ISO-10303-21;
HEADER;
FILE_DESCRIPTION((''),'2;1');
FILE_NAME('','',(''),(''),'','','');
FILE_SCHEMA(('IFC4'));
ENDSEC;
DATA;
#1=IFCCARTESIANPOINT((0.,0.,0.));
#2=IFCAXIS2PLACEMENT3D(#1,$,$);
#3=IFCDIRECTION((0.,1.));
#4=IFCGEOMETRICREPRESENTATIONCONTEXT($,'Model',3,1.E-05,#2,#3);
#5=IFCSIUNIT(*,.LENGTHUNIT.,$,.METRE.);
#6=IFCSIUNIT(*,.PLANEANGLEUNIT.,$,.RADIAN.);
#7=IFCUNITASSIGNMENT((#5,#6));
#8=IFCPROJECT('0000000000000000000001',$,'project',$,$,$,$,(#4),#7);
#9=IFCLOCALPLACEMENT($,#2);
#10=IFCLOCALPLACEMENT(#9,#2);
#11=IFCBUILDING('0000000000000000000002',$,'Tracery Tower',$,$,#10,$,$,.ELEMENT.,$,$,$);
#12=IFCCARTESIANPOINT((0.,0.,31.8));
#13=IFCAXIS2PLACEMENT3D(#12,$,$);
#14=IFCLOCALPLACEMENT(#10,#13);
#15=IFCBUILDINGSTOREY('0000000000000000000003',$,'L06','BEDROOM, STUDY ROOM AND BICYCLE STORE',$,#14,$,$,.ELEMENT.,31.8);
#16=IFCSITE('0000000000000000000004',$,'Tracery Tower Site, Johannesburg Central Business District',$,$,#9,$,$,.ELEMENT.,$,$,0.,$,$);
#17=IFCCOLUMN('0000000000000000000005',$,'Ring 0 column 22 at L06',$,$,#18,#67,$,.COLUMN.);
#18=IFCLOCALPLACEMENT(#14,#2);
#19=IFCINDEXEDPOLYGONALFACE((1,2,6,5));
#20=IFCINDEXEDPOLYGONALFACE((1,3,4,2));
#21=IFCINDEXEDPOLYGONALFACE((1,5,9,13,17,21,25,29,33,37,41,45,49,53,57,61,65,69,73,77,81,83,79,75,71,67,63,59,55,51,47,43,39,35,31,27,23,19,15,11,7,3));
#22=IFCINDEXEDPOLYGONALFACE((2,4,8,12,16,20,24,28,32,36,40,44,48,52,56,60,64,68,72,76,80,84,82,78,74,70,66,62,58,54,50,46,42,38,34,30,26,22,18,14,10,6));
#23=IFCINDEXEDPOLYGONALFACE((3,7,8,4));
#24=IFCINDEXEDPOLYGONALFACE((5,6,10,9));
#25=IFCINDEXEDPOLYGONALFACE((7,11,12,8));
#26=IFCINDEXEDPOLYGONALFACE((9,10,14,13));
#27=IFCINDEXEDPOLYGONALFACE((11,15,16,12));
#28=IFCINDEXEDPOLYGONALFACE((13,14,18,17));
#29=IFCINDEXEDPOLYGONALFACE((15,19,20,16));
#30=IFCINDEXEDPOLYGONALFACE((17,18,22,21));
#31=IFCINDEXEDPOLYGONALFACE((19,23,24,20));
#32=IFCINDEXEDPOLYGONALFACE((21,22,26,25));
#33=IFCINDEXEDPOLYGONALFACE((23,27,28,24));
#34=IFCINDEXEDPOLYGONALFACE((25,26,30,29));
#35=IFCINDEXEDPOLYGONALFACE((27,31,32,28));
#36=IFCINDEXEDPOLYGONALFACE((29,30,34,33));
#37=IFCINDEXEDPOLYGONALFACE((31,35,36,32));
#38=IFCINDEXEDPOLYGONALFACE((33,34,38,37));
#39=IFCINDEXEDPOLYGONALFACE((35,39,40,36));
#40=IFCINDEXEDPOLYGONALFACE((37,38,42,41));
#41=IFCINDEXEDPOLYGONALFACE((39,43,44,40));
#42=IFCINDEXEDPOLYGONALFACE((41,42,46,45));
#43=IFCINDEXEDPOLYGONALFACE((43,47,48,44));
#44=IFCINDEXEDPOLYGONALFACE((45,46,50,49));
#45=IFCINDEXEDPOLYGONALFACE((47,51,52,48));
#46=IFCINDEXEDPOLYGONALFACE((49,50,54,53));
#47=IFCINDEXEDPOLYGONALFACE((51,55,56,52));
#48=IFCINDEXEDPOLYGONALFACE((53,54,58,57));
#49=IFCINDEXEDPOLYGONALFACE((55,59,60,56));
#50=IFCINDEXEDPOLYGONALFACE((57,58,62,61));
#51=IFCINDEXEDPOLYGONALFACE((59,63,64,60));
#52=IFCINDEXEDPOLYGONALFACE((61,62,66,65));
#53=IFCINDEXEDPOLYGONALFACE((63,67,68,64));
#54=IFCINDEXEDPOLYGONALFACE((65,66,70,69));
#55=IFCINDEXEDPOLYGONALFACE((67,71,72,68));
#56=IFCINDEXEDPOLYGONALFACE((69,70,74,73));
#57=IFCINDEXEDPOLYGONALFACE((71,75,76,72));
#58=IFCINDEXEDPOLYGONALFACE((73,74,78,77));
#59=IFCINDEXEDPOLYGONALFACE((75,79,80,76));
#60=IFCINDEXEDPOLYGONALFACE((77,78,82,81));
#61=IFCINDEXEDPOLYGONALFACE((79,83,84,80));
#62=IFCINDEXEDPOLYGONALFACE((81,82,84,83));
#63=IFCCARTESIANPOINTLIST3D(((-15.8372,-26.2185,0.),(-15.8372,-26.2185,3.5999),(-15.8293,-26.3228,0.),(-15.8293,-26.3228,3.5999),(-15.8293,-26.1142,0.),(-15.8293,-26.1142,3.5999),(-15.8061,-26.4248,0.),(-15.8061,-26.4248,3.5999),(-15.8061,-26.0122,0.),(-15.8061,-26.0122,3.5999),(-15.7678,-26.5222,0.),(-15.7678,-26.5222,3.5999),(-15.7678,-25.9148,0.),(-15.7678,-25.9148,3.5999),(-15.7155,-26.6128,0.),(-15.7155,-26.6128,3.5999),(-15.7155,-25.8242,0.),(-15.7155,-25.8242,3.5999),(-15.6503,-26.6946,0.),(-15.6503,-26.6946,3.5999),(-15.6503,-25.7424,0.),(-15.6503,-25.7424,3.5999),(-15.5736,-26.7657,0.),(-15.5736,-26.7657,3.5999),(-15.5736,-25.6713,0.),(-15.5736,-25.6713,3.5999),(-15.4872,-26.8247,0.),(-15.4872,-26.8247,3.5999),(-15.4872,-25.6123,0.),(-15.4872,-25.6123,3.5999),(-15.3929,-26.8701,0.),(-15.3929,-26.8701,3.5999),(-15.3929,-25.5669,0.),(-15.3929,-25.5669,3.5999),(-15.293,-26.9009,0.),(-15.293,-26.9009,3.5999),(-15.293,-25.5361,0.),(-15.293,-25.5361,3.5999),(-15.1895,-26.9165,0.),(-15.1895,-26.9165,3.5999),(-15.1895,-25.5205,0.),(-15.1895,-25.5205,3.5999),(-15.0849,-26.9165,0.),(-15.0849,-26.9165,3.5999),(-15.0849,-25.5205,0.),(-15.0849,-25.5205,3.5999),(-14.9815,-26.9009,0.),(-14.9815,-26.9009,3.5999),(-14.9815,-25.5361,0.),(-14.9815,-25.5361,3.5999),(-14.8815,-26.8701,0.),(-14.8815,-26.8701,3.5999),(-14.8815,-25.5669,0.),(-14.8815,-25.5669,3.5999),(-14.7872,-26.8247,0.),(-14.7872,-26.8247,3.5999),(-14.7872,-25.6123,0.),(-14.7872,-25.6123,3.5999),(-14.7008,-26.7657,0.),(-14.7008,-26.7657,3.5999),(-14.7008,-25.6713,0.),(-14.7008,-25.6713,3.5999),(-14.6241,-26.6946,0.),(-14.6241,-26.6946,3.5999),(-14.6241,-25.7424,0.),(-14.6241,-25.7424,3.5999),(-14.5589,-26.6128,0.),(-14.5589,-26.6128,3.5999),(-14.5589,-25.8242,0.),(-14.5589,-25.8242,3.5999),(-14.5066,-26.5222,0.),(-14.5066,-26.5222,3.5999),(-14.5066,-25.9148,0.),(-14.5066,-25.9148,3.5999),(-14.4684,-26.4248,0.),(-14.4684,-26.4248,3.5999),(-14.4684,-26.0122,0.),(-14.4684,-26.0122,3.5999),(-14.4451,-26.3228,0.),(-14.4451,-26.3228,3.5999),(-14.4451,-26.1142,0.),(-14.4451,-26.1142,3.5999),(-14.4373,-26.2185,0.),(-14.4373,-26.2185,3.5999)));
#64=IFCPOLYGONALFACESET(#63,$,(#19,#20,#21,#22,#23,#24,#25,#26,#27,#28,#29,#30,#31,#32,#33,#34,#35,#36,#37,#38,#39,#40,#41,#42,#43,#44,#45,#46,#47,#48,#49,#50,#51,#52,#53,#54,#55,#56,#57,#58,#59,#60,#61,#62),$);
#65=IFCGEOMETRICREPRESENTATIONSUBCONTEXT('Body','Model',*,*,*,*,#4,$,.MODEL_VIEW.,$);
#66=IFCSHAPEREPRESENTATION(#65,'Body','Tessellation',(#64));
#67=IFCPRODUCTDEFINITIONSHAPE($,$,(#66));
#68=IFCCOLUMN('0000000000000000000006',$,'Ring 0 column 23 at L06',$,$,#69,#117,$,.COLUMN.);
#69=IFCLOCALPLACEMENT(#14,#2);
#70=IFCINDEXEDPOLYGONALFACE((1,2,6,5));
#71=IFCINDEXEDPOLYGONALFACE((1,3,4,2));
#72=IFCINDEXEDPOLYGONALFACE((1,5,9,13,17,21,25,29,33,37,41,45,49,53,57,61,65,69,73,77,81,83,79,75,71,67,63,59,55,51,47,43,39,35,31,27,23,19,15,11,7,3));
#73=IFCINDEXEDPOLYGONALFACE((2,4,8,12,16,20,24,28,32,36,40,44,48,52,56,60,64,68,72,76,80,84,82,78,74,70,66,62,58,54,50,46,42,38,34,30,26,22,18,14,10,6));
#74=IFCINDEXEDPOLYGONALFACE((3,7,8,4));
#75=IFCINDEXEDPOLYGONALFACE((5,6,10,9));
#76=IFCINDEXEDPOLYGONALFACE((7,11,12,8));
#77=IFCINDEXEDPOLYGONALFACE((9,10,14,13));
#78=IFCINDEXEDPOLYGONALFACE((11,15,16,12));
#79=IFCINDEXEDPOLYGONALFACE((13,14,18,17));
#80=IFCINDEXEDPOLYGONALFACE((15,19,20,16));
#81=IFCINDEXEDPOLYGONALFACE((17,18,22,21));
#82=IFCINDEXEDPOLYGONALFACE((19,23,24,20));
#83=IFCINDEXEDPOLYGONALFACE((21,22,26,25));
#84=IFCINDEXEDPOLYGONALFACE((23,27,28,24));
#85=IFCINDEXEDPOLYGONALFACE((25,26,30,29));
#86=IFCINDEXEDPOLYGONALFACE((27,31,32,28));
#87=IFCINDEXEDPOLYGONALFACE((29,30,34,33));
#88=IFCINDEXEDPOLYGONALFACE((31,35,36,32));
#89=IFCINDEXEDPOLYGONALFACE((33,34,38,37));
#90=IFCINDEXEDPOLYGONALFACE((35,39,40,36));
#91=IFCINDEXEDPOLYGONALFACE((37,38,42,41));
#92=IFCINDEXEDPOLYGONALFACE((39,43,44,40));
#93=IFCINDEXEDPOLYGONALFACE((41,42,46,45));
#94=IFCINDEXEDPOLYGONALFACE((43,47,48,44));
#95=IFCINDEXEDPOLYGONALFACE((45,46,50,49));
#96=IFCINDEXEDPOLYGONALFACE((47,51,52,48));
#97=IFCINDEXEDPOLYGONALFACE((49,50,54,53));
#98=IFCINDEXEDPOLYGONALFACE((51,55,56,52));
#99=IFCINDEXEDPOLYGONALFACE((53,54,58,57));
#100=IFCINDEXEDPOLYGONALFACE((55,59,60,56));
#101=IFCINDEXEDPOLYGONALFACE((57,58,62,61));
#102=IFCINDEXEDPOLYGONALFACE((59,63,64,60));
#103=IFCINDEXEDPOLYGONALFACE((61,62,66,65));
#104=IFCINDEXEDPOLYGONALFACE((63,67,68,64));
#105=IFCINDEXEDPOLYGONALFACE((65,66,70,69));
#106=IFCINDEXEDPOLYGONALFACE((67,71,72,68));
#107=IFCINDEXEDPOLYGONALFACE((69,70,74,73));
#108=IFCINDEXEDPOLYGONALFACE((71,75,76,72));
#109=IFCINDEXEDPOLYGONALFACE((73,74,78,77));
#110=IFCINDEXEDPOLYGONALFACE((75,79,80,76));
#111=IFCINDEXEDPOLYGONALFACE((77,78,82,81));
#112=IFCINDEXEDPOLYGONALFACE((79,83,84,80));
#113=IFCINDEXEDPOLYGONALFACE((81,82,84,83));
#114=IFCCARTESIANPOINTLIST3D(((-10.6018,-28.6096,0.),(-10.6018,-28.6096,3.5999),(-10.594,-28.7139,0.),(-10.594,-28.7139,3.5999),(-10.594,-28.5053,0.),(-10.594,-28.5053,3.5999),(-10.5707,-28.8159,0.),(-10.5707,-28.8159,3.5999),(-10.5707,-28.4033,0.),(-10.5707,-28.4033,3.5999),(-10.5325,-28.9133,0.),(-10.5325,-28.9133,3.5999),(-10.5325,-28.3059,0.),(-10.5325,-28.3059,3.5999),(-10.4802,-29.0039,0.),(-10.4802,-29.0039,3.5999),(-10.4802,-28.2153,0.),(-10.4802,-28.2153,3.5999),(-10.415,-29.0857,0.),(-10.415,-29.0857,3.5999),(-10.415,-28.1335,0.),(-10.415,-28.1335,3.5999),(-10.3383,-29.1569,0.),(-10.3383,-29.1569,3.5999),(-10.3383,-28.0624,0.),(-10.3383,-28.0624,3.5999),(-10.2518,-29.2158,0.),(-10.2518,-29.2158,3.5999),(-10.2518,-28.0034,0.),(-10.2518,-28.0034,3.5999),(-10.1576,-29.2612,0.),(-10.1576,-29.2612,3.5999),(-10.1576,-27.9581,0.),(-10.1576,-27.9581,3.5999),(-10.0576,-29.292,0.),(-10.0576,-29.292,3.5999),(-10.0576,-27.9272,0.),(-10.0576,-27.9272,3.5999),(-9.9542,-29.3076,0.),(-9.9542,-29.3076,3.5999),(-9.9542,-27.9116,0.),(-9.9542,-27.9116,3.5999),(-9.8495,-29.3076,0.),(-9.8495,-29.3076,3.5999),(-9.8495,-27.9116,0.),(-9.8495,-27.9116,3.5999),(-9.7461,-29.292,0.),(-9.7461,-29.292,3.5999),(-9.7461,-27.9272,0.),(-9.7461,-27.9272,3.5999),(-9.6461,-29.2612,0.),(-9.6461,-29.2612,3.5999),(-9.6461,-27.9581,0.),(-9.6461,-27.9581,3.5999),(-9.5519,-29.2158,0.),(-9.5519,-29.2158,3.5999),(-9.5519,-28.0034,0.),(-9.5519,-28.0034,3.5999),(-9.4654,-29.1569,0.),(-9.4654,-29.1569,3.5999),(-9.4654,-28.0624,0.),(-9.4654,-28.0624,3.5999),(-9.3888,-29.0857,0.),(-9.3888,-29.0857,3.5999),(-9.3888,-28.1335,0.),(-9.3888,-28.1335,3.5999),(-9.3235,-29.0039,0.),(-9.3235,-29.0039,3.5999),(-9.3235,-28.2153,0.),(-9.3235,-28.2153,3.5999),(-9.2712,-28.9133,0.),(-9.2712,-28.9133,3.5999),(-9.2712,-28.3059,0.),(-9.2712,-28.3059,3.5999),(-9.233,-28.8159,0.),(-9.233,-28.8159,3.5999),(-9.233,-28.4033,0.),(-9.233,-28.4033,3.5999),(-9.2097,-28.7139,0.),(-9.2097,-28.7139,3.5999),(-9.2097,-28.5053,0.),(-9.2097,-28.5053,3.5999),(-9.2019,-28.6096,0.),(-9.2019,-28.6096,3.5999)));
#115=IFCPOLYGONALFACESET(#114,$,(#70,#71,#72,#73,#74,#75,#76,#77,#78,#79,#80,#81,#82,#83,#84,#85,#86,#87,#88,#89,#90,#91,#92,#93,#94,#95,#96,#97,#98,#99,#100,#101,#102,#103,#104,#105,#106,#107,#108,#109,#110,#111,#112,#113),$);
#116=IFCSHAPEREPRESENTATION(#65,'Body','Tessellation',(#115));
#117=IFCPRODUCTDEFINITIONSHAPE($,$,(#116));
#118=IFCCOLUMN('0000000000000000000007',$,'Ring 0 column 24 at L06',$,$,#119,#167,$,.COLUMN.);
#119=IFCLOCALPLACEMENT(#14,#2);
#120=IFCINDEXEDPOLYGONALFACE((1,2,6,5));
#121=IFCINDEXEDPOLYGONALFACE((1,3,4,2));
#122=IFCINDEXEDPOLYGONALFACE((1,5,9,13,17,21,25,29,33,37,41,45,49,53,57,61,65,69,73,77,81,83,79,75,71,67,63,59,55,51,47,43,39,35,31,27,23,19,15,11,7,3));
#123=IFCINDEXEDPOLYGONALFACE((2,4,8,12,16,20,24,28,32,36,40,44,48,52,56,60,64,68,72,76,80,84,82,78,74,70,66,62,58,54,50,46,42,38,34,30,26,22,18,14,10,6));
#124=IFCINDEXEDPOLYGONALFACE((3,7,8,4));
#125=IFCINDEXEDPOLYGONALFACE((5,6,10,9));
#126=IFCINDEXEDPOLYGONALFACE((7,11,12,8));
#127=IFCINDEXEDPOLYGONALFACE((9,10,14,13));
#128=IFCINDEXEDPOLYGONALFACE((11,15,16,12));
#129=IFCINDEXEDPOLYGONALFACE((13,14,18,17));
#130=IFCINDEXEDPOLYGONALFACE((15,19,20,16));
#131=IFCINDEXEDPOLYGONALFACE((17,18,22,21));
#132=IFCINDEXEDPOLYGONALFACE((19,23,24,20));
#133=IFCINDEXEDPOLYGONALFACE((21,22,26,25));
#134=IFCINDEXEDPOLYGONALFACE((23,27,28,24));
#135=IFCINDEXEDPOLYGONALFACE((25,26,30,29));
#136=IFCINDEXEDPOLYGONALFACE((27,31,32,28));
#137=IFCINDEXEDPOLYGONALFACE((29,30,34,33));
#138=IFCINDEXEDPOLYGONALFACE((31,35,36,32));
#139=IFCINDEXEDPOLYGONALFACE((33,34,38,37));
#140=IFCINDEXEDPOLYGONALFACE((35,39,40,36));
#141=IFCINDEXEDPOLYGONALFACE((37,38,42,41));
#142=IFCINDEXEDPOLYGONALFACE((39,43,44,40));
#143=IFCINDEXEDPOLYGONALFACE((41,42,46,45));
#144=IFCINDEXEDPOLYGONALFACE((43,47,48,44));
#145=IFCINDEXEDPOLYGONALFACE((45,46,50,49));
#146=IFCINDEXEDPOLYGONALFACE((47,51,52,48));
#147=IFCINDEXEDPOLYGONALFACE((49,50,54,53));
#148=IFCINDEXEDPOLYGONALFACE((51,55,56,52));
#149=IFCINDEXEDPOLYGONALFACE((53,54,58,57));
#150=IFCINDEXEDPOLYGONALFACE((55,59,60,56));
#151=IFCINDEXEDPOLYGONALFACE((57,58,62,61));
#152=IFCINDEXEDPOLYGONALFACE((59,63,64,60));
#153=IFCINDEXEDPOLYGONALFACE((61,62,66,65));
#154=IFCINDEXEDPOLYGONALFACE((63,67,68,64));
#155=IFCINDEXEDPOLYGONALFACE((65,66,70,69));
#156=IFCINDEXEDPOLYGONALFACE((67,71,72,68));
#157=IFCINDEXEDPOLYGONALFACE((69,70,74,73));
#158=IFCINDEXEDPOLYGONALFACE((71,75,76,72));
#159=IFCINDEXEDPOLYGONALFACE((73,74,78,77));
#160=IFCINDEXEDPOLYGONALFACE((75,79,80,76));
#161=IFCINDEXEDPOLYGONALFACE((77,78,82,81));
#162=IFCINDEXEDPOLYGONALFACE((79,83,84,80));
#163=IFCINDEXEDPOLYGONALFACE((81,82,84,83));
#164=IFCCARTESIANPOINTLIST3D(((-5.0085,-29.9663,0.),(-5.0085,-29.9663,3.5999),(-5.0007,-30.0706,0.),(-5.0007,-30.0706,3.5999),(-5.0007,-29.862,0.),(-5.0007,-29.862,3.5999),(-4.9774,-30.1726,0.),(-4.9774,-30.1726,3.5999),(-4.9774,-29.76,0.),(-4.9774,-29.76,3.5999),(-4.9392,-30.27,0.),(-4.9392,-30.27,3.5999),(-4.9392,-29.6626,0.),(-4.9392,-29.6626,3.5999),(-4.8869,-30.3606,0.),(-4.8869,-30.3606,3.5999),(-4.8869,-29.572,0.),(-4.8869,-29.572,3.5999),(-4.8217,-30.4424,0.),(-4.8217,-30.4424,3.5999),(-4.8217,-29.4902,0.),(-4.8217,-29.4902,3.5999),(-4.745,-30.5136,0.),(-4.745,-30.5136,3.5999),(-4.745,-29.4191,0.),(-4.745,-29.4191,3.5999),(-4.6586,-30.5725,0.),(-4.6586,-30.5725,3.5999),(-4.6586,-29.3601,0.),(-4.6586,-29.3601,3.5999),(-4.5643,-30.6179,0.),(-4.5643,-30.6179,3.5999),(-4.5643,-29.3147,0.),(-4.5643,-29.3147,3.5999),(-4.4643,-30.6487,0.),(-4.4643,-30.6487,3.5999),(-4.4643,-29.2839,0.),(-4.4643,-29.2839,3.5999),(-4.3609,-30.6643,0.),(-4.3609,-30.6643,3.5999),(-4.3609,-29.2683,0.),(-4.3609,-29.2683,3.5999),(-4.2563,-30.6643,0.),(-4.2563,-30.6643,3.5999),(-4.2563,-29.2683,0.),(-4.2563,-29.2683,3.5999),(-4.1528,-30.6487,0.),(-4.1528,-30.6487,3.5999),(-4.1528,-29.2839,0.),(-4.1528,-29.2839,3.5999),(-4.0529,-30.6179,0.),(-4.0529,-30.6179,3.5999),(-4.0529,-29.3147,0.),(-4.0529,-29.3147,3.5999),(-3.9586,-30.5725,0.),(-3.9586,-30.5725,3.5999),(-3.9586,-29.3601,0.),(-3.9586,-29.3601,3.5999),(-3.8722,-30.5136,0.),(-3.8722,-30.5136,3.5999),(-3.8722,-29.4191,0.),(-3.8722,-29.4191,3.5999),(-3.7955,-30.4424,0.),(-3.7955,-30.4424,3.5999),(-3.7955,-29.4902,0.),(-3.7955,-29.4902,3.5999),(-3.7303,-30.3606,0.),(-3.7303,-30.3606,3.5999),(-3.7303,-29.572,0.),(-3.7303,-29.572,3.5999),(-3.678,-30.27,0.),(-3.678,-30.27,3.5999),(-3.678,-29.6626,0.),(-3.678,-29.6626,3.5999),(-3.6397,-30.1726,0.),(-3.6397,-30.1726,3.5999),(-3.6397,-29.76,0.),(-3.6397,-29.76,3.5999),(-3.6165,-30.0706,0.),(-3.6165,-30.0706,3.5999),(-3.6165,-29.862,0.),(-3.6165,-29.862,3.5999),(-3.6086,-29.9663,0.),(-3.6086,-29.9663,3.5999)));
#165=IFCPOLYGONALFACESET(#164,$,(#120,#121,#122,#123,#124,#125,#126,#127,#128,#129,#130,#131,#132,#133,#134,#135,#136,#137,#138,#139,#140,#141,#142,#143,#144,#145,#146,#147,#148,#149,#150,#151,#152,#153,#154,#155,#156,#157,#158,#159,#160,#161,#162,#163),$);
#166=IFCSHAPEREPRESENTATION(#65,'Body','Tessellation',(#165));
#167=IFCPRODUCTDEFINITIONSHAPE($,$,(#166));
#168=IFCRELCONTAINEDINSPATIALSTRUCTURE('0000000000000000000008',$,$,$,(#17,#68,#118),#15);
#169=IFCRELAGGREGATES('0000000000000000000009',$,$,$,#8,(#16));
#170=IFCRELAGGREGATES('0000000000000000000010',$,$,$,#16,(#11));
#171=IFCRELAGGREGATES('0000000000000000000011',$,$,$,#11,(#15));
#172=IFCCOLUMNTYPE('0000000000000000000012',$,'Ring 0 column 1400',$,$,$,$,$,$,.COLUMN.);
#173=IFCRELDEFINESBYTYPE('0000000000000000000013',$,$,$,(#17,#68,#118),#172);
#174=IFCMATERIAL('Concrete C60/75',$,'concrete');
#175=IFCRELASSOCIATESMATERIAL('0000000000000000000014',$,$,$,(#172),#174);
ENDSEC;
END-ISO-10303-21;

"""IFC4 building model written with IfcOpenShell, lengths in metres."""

from ifc_helpers import new_model, si_unit, direction, frame, origin, origin_2d, place, context, subcontext, project, spatial, circle, extrude, material, material_profile, profile_set, type_object, element, save


model = new_model("IFC4")

# Units and contexts
model_context = context("Model", 3, precision=1e-05, world=origin(), true_north=direction((0.0, 1.0)))
body_context = subcontext(model_context, "Body", "Model", "MODEL_VIEW")
ifc_project = project(units=[si_unit("LENGTHUNIT", "METRE"), si_unit("PLANEANGLEUNIT", "RADIAN")], contexts=[model_context])

# Site, building, storey
site_placement = place(None, origin())
site = spatial("IfcSite", under=ifc_project, at=site_placement, Name="Tracery Tower Site, Johannesburg Central Business District", CompositionType="ELEMENT", RefElevation=0.0)
building_placement = place(site_placement, origin())
building = spatial("IfcBuilding", under=site, at=building_placement, Name="Tracery Tower", CompositionType="ELEMENT")
storey_placement = place(building_placement, frame((0.0, 0.0, 31.8)))
storey = spatial("IfcBuildingStorey", under=building, at=storey_placement, Name="L06", Description="BEDROOM, STUDY ROOM AND BICYCLE STORE", CompositionType="ELEMENT", Elevation=31.8)

# Columns
ifc_material_1 = material(Name="Concrete C60/75", Category="concrete")
ifc_material_profile_1 = material_profile(ifc_material_1, circle(Radius=0.7, at=origin_2d()), Name="RC D1400")
ifc_profile_set_1 = profile_set([ifc_material_profile_1], Name="Concrete C60/75")
column_type_1 = type_object("IfcColumnType", Name="Ring 0 column 1400", PredefinedType="COLUMN", material=ifc_profile_set_1)
for number, where, z_axis, x_axis, name in (
    (1, (-15.1372, -26.2185, 0.0), (0.0, 0.0, 1.0), (1.0, 0.0, 0.0), "Ring 0 column 22 at L06"),
    (2, (-9.9019, -28.6096, 0.0), (0.0, 0.0, 1.0), (1.0, 0.0, 0.0), "Ring 0 column 23 at L06"),
    (3, (-4.3086, -29.9663, 0.0), (0.0, 0.0, 1.0), (1.0, 0.0, 0.0), "Ring 0 column 24 at L06"),
):
    element("IfcColumn", number, at=place(storey_placement, frame(where, z_axis=z_axis, x_axis=x_axis)), inside=storey, type_object=column_type_1, Name=name, PredefinedType="COLUMN", context=body_context, shape_type="SweptSolid", body=[
        extrude(circle(Radius=0.7, at=origin_2d()), origin(), (0.0, 0.0, 1.0), 3.5999),
    ])

save(model, "model.ifc")
